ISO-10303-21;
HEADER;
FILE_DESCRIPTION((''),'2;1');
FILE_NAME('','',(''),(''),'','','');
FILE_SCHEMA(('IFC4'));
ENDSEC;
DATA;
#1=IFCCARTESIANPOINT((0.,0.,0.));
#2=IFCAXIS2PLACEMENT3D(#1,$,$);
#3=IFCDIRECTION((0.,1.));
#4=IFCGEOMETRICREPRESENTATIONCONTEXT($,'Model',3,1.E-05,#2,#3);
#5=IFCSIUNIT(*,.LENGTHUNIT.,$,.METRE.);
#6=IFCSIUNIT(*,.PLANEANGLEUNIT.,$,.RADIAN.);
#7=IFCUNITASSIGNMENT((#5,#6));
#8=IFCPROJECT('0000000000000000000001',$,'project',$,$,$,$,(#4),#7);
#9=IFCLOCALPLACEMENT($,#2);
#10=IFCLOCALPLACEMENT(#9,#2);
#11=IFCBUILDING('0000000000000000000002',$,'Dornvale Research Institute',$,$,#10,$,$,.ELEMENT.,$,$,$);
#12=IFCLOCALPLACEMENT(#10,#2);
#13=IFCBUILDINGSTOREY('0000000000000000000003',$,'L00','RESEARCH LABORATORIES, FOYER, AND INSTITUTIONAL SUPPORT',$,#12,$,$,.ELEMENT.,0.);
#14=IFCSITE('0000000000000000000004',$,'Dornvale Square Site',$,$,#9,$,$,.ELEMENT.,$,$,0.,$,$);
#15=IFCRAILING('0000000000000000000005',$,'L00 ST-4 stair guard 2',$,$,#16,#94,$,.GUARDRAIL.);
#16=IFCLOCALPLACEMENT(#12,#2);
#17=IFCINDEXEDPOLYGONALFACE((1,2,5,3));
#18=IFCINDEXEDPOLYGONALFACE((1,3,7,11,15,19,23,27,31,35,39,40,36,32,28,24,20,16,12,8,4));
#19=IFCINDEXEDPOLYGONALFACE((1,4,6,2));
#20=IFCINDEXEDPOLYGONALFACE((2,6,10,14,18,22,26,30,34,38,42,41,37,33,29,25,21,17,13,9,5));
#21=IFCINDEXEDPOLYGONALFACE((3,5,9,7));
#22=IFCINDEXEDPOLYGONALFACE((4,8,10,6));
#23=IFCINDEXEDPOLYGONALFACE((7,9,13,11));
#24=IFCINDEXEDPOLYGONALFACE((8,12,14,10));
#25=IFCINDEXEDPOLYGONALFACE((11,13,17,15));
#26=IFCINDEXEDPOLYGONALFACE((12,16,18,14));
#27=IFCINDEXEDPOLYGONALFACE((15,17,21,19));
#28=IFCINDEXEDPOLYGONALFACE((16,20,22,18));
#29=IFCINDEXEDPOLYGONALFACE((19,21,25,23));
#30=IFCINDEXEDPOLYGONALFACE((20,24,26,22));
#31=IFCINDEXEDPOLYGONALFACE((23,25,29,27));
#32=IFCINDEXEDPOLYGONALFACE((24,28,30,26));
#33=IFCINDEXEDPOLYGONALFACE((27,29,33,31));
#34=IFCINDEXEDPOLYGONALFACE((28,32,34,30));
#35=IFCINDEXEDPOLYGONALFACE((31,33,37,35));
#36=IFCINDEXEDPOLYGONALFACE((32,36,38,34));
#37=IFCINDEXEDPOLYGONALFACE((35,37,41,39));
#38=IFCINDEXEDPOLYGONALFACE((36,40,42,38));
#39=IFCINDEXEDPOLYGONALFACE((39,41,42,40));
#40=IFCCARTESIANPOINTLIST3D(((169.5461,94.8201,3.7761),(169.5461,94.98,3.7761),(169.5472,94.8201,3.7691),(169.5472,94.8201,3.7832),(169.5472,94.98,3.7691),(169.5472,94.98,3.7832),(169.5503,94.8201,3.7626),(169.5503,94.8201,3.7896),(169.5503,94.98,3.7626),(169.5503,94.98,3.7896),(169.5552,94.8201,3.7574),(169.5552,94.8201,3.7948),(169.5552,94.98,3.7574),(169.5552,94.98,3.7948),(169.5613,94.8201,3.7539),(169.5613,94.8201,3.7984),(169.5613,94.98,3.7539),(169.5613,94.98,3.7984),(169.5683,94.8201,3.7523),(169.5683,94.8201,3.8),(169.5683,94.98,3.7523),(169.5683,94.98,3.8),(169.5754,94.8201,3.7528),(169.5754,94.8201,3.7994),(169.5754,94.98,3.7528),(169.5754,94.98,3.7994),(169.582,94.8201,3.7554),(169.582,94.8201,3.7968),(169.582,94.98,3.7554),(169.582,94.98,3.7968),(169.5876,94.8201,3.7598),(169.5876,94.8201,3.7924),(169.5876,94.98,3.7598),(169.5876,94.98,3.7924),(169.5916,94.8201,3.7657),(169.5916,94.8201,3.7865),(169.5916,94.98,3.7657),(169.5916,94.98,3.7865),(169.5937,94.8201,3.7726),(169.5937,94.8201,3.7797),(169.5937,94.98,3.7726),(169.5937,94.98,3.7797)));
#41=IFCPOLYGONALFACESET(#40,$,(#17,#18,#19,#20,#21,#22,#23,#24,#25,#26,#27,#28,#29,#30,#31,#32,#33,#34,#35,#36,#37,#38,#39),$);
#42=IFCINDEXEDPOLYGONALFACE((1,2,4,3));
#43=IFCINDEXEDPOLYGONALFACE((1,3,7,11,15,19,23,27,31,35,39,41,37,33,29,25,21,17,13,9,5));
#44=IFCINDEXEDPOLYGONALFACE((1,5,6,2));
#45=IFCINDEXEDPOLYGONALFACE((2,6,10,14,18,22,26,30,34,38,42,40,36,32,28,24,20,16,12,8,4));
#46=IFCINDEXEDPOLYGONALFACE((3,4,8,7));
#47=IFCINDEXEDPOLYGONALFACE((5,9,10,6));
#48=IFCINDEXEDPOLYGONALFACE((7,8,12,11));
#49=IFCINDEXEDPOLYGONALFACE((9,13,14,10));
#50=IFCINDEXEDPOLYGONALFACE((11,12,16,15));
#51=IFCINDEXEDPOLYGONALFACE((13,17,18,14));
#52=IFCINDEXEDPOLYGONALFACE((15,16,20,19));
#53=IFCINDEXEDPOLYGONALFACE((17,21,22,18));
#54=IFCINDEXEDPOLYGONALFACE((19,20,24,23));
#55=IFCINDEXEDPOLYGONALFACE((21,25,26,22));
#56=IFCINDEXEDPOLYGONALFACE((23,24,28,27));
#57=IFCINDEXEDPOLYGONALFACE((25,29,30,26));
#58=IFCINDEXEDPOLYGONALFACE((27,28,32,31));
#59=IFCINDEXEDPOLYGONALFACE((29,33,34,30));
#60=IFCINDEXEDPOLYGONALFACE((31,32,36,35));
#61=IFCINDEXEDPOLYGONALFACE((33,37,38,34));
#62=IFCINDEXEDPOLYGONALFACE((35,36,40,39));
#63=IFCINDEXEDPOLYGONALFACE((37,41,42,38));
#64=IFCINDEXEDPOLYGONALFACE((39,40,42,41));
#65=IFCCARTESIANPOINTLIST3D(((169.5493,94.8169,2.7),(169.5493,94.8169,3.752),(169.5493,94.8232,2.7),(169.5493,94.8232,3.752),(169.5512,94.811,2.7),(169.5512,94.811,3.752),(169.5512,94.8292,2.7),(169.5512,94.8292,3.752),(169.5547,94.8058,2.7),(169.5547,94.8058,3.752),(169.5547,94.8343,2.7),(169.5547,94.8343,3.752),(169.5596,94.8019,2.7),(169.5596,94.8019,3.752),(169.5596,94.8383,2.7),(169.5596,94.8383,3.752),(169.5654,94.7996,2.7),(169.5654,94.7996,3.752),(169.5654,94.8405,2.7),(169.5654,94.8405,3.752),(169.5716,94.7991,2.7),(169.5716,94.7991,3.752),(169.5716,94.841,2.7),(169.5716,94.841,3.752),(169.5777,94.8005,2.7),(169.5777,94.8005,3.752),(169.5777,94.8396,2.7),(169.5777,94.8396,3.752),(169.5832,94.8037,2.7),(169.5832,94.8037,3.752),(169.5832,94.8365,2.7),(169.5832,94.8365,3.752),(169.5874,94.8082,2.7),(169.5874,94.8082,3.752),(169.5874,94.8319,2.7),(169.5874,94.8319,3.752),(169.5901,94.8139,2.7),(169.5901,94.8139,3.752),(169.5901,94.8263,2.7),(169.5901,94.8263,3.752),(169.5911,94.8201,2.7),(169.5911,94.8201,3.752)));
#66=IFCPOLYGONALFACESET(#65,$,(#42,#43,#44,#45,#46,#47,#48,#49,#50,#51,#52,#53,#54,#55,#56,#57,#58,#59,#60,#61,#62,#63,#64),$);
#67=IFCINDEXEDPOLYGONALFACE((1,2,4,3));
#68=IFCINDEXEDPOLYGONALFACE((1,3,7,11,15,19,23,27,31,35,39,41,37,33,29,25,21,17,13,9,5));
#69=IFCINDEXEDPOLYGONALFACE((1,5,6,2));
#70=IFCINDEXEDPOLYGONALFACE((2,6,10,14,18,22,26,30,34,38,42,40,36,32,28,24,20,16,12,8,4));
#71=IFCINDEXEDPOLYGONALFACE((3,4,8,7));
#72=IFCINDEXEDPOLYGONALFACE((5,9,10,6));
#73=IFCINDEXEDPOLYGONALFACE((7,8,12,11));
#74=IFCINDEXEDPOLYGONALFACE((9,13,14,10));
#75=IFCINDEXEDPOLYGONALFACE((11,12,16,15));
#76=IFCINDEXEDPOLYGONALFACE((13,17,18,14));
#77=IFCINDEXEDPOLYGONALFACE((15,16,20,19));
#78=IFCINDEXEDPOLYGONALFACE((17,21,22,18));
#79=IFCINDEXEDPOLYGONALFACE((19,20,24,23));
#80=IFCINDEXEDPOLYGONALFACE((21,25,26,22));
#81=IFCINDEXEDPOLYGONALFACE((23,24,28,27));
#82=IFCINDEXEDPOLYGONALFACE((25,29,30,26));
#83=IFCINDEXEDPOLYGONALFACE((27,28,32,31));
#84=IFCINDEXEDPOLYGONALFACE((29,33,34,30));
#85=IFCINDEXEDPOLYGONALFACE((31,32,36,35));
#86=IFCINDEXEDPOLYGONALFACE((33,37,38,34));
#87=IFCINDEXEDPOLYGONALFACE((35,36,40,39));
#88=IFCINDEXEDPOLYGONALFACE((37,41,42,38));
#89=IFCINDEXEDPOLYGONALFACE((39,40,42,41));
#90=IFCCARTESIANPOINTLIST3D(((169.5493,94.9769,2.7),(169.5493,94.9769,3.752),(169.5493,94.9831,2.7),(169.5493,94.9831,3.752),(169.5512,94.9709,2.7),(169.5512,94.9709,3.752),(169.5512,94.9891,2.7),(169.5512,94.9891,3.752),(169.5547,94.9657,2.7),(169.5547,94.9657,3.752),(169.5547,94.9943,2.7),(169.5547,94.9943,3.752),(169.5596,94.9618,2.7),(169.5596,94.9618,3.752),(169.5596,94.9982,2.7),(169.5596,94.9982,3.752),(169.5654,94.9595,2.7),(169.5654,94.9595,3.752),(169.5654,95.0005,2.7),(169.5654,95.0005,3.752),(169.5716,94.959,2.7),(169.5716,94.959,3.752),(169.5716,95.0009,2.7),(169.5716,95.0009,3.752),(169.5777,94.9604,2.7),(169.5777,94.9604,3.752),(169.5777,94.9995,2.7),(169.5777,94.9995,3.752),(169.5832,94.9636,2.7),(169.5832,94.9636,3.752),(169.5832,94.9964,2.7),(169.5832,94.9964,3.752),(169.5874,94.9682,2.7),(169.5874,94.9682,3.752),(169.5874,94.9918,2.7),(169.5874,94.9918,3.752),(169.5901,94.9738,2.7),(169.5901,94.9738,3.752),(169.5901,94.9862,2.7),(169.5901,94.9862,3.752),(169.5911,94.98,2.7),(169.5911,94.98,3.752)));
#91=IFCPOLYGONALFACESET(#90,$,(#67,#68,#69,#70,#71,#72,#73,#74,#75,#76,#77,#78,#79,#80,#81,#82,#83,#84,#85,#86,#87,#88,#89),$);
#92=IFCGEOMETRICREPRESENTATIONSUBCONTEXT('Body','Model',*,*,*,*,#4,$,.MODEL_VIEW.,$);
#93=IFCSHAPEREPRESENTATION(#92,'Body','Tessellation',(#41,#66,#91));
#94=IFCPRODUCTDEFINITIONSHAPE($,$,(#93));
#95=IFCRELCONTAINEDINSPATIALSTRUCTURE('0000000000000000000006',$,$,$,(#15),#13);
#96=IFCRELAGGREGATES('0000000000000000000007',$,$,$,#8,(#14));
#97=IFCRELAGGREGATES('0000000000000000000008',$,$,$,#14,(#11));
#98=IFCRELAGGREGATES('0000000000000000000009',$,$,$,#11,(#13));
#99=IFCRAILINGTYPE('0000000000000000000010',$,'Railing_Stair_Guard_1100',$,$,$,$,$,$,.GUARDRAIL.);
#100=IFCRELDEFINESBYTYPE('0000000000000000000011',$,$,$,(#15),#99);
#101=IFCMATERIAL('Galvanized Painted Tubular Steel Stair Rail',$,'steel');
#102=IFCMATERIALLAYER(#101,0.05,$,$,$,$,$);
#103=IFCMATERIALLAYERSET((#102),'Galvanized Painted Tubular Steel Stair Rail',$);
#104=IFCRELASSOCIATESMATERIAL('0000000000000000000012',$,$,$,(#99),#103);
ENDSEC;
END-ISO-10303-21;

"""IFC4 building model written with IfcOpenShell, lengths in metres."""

from ifc_helpers import new_model, si_unit, direction, frame, origin, origin_2d, place, context, subcontext, project, spatial, circle, extrude, material, layer, layer_set, type_object, element, save


model = new_model("IFC4")

# Units and contexts
model_context = context("Model", 3, precision=1e-05, world=origin(), true_north=direction((0.0, 1.0)))
body_context = subcontext(model_context, "Body", "Model", "MODEL_VIEW")
ifc_project = project(units=[si_unit("LENGTHUNIT", "METRE"), si_unit("PLANEANGLEUNIT", "RADIAN")], contexts=[model_context])

# Site, building, storey
site_placement = place(None, origin())
site = spatial("IfcSite", under=ifc_project, at=site_placement, Name="Dornvale Square Site", CompositionType="ELEMENT", RefElevation=0.0)
building_placement = place(site_placement, origin())
building = spatial("IfcBuilding", under=site, at=building_placement, Name="Dornvale Research Institute", CompositionType="ELEMENT")
storey_placement = place(building_placement, origin())
storey = spatial("IfcBuildingStorey", under=building, at=storey_placement, Name="L00", Description="RESEARCH LABORATORIES, FOYER, AND INSTITUTIONAL SUPPORT", CompositionType="ELEMENT", Elevation=0.0)

# Railing
ifc_material_1 = material(Name="Galvanized Painted Tubular Steel Stair Rail", Category="steel")
ifc_layer_1 = layer(ifc_material_1, 0.05)
ifc_layer_set_1 = layer_set([ifc_layer_1], Name="Galvanized Painted Tubular Steel Stair Rail")
railing_type_1 = type_object("IfcRailingType", Name="Railing_Stair_Guard_1100", PredefinedType="GUARDRAIL", material=ifc_layer_set_1)
railing_1_placement = place(storey_placement, frame((169.5701, 94.8201, 2.7)))
element("IfcRailing", 1, at=railing_1_placement, inside=storey, type_object=railing_type_1, Name="L00 ST-4 stair guard 2", PredefinedType="GUARDRAIL", context=body_context, shape_type="SweptSolid", body=[
    extrude(circle(Radius=0.0239, at=origin_2d()), frame((0.0, 0.0, 1.0762), z_axis=(0.0, 1.0, 0.0), x_axis=(-1.0, 0.0, 0.0)), (0.0, 0.0, 1.0), 0.1599),
    extrude(circle(Radius=0.021, at=origin_2d()), origin(), (0.0, 0.0, 1.0), 1.052),
    extrude(circle(Radius=0.021, at=origin_2d()), frame((0.0, 0.1599, 0.0)), (0.0, 0.0, 1.0), 1.052),
])

save(model, "model.ifc")
